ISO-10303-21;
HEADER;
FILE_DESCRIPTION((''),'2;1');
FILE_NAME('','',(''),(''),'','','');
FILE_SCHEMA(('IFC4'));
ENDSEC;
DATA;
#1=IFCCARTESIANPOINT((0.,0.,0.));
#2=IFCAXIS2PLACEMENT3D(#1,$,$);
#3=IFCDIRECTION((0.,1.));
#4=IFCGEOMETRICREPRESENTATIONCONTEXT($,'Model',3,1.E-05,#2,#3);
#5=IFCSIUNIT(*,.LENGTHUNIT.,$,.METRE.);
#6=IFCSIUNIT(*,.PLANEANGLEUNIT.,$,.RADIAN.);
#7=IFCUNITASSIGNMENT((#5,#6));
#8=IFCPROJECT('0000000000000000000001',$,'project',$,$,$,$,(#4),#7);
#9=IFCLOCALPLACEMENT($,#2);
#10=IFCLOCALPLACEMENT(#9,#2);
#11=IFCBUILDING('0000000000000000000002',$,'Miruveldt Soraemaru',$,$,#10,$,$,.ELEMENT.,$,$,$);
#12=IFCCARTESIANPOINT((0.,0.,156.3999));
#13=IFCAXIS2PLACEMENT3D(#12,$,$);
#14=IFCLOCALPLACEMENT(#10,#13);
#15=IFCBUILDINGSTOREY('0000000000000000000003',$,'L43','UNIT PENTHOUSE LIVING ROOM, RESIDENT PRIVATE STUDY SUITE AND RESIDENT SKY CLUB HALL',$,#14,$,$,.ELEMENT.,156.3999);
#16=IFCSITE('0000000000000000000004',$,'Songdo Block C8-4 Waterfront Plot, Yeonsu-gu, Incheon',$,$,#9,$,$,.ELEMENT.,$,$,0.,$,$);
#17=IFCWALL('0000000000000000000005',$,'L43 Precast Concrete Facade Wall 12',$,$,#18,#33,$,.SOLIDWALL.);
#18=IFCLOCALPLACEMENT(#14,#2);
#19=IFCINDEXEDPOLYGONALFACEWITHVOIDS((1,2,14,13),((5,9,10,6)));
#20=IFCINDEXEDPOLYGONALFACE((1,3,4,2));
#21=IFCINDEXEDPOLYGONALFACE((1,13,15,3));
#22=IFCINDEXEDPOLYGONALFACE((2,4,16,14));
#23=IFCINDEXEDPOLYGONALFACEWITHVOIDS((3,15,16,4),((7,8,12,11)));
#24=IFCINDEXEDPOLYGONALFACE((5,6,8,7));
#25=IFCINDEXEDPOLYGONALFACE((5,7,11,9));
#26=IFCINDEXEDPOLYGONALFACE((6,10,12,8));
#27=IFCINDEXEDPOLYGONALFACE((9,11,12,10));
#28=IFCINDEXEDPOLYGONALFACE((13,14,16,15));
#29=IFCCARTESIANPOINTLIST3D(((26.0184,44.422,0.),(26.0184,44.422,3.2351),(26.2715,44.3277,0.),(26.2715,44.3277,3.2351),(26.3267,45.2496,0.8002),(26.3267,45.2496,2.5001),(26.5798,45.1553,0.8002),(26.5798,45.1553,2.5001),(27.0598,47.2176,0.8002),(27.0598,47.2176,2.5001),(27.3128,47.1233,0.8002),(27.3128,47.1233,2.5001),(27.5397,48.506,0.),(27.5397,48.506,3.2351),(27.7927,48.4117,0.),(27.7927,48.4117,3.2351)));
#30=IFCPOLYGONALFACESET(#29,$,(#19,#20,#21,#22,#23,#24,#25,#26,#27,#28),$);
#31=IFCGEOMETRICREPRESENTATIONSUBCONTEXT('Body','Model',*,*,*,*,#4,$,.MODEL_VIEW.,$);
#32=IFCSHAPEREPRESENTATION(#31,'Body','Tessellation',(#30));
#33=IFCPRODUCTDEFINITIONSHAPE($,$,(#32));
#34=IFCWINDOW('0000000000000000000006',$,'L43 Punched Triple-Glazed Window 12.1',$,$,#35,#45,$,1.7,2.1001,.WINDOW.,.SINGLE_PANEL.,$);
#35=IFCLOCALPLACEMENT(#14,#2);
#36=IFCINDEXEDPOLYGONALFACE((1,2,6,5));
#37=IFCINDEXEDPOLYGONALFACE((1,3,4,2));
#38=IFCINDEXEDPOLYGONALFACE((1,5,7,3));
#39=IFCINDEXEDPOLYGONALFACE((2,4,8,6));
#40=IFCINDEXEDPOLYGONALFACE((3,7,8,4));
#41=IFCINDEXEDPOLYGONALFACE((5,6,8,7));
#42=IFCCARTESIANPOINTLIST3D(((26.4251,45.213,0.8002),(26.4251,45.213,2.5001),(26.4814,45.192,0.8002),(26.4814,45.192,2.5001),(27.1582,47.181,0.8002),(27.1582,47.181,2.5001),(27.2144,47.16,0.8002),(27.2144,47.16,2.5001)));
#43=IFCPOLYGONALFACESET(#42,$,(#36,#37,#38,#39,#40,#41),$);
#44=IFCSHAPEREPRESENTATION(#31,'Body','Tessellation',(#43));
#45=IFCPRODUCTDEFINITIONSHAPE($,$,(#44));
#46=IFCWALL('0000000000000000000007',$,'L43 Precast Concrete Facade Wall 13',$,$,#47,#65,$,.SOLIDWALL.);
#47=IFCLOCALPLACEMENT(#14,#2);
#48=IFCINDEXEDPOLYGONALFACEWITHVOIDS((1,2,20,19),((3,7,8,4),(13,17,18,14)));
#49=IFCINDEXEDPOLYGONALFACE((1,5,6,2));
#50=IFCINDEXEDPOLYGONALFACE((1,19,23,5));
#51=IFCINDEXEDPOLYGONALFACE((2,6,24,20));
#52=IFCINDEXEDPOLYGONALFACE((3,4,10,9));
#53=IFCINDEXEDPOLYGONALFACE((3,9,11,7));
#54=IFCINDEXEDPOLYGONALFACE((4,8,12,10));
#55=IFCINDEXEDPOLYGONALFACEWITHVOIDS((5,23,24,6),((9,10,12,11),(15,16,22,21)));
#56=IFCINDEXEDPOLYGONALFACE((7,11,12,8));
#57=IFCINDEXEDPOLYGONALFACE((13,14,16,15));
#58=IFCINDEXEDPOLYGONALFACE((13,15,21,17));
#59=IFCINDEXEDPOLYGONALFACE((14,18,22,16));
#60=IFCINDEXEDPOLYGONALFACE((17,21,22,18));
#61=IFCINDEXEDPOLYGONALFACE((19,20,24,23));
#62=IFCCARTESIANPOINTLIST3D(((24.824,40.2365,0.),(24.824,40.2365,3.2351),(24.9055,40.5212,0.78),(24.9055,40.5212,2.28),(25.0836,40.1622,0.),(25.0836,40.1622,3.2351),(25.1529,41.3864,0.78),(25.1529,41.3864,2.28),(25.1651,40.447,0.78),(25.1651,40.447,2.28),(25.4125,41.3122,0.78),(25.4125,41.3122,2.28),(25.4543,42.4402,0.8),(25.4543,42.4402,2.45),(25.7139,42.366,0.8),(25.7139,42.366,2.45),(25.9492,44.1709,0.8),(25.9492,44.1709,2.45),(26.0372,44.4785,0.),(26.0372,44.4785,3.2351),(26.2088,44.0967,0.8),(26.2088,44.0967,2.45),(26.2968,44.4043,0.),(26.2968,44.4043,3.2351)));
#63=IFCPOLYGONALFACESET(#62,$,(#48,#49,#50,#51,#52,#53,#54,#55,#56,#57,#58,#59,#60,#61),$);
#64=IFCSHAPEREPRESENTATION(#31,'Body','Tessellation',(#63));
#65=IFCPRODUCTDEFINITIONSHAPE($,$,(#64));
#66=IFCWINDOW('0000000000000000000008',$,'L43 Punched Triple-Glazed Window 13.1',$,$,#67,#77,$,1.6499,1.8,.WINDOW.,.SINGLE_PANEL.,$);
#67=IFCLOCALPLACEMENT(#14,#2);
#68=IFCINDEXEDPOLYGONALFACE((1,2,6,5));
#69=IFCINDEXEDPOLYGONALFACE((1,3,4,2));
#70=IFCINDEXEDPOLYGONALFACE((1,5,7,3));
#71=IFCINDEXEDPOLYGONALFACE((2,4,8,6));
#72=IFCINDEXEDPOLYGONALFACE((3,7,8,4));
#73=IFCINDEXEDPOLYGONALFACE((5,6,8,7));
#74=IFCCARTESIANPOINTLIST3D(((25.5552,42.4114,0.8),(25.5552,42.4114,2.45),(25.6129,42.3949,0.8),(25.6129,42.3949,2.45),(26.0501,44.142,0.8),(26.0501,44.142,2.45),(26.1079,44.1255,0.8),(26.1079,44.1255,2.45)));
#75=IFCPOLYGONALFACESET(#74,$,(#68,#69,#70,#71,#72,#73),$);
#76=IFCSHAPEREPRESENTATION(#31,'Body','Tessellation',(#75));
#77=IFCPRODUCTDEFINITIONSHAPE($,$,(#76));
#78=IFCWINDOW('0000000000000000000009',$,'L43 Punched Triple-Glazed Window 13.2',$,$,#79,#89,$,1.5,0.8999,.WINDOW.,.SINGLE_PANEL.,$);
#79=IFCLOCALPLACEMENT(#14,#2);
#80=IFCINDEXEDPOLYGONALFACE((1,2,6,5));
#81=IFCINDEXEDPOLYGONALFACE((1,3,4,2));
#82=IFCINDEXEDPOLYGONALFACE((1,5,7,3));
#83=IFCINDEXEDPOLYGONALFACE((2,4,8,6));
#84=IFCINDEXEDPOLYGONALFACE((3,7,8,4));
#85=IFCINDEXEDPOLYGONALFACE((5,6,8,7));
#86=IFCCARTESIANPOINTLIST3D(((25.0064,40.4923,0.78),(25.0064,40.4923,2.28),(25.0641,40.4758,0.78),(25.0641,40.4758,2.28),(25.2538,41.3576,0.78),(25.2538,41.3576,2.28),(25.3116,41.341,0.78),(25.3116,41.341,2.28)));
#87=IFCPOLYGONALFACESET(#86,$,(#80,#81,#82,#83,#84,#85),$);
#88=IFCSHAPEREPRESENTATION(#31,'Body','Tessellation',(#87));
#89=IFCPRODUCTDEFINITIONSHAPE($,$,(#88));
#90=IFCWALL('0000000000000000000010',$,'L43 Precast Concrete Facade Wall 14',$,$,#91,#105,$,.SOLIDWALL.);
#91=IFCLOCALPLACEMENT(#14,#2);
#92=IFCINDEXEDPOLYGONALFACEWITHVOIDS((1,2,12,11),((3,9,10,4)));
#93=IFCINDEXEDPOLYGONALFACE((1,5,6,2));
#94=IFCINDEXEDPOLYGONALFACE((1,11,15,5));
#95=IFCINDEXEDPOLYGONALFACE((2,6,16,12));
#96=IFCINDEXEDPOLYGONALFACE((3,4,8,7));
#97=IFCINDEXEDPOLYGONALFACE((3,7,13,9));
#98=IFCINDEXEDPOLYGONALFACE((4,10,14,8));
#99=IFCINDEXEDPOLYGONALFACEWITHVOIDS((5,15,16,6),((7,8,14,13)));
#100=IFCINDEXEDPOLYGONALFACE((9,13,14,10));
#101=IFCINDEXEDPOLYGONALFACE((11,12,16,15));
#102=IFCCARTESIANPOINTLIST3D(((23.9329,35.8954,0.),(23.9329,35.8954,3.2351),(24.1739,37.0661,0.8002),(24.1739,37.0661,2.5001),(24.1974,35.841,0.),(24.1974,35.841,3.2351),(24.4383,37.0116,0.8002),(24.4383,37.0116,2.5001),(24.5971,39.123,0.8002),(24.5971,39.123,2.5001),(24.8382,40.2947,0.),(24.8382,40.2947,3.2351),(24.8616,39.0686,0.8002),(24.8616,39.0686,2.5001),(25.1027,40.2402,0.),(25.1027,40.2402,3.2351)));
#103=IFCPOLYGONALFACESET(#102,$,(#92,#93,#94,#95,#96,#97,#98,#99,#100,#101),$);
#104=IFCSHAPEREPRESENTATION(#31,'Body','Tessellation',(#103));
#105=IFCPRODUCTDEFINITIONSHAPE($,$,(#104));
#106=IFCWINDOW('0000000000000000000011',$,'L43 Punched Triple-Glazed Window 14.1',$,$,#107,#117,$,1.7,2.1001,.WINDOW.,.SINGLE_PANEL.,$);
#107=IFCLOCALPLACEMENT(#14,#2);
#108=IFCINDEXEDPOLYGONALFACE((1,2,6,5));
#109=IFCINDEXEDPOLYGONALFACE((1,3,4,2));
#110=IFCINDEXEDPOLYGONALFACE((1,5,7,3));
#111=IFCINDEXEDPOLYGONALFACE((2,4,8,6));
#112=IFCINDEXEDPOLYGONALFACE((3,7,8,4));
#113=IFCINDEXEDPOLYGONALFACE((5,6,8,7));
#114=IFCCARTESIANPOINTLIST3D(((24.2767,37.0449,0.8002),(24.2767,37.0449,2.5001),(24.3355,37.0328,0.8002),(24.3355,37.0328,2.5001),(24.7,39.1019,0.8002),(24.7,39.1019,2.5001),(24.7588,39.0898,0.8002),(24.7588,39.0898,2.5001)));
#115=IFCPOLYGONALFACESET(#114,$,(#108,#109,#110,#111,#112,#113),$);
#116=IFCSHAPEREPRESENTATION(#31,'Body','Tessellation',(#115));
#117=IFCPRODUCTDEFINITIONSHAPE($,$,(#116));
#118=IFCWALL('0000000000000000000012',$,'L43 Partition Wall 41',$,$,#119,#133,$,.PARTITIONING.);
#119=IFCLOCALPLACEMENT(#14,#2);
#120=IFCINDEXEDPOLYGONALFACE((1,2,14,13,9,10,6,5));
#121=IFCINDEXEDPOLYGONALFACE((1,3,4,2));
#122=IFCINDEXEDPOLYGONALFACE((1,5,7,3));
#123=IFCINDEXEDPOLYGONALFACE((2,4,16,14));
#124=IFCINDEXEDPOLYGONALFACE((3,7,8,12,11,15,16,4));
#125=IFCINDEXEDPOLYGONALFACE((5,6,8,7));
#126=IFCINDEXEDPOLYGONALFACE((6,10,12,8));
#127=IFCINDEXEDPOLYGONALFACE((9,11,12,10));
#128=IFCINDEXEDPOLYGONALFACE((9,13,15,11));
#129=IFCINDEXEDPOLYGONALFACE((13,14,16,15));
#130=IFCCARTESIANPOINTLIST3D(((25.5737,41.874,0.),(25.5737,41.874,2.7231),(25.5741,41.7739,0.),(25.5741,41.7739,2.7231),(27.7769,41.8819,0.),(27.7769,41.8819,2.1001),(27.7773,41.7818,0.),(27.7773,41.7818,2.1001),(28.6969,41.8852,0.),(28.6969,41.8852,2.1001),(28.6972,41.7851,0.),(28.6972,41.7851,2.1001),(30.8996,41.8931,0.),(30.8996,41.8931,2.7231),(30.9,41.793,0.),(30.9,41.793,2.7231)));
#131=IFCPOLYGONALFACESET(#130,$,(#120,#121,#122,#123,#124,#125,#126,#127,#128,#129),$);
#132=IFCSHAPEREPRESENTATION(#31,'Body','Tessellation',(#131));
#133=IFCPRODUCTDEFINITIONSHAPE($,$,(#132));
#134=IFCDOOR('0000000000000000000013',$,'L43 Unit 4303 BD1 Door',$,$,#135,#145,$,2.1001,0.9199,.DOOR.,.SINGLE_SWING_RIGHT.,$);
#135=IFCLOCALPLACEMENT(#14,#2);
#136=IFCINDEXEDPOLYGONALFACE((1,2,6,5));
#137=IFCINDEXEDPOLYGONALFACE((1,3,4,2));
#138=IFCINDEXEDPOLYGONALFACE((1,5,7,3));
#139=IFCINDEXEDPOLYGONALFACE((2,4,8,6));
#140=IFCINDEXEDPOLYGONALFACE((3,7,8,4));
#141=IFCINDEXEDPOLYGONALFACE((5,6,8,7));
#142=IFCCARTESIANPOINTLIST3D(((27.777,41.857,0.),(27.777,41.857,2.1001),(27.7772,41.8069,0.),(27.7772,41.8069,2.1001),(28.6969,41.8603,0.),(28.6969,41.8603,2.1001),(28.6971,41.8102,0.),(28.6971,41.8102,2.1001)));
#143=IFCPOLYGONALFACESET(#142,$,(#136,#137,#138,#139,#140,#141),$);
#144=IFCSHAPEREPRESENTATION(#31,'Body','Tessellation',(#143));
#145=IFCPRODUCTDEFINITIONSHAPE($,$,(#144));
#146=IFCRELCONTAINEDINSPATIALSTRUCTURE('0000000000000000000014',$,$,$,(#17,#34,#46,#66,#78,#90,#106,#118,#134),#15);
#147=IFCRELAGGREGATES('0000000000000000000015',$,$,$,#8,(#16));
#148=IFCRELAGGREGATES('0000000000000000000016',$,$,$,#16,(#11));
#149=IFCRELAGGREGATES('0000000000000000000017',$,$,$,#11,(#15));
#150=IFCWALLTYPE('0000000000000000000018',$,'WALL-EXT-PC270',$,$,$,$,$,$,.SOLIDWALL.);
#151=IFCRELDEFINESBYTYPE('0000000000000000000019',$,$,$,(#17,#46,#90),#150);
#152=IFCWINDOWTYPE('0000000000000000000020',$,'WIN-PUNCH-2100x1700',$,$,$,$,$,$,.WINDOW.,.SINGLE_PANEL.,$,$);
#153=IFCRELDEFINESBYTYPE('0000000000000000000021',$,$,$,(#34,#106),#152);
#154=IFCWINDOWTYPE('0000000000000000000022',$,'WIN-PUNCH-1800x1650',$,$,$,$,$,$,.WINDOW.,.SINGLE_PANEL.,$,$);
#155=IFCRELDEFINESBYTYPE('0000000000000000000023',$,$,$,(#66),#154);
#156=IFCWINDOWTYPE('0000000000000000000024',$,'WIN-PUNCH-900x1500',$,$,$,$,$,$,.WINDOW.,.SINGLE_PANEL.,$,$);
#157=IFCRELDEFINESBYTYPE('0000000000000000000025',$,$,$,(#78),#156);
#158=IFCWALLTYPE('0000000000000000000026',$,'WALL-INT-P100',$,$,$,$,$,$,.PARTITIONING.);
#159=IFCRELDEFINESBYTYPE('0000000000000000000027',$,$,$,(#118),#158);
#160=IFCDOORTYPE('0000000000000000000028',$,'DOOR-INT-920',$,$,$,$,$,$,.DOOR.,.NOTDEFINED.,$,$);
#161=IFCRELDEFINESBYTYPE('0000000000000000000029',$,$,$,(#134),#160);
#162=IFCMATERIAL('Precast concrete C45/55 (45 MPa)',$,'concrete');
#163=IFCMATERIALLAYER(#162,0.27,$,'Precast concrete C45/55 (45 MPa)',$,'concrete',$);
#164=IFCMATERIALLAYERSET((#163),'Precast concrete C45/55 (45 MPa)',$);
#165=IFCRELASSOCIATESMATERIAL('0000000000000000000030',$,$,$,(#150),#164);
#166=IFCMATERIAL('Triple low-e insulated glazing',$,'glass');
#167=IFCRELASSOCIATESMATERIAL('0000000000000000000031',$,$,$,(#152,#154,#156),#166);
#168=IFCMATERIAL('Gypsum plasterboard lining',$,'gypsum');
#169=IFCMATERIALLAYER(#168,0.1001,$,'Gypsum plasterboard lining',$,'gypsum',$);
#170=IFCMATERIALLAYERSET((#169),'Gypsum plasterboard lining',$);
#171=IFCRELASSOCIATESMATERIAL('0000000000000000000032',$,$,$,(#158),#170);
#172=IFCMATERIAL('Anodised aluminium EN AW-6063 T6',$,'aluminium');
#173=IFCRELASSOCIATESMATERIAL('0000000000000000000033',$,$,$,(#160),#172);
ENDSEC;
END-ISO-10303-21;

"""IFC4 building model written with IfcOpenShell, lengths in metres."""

from ifc_helpers import new_model, si_unit, direction, frame, frame_2d, origin, place, context, subcontext, project, spatial, rectangle, extrude, material, layer, layer_set, type_object, element, fill, save


model = new_model("IFC4")

# Units and contexts
model_context = context("Model", 3, precision=1e-05, world=origin(), true_north=direction((0.0, 1.0)))
body_context = subcontext(model_context, "Body", "Model", "MODEL_VIEW")
ifc_project = project(units=[si_unit("LENGTHUNIT", "METRE"), si_unit("PLANEANGLEUNIT", "RADIAN")], contexts=[model_context])

# Site, building, storey
site_placement = place(None, origin())
site = spatial("IfcSite", under=ifc_project, at=site_placement, Name="Songdo Block C8-4 Waterfront Plot, Yeonsu-gu, Incheon", CompositionType="ELEMENT", RefElevation=0.0)
building_placement = place(site_placement, origin())
building = spatial("IfcBuilding", under=site, at=building_placement, Name="Miruveldt Soraemaru", CompositionType="ELEMENT")
storey_placement = place(building_placement, frame((0.0, 0.0, 156.3999)))
storey = spatial("IfcBuildingStorey", under=building, at=storey_placement, Name="L43", Description="UNIT PENTHOUSE LIVING ROOM, RESIDENT PRIVATE STUDY SUITE AND RESIDENT SKY CLUB HALL", CompositionType="ELEMENT", Elevation=156.3999)

# Wall, opening, window
ifc_material_1 = material(Name="Precast concrete C45/55 (45 MPa)", Category="concrete")
ifc_layer_1 = layer(ifc_material_1, 0.27, Name="Precast concrete C45/55 (45 MPa)", Category="concrete")
ifc_layer_set_1 = layer_set([ifc_layer_1], Name="Precast concrete C45/55 (45 MPa)")
wall_type_1 = type_object("IfcWallType", Name="WALL-EXT-PC270", PredefinedType="SOLIDWALL", material=ifc_layer_set_1)
wall_1_placement = place(storey_placement, frame((27.6663, 48.459, 0.0), z_axis=(0.0, 0.0, 1.0), x_axis=(-0.34906, -0.9371, 0.0)))
wall_1 = element("IfcWall", 1, at=wall_1_placement, inside=storey, type_object=wall_type_1, Name="L43 Precast Concrete Facade Wall 12", PredefinedType="SOLIDWALL", context=body_context, shape_type="SweptSolid", body=[
    extrude(rectangle(XDim=4.3582, YDim=0.27, at=frame_2d((2.1792, 0.0))), origin(), (0.0, 0.0, 1.0), 3.2351),
])
opening_1_placement = place(wall_1_placement, frame((1.375, 0.0, 0.8)))
opening_1 = element("IfcOpeningElement", 2, at=opening_1_placement, cuts=wall_1, PredefinedType="OPENING", context=body_context, shape_type="SweptSolid", body=[
    extrude(rectangle(XDim=2.1001, YDim=1.7, at=frame_2d((1.05, 0.8501))), frame((0.0, 0.145, 0.0), z_axis=(0.0, -1.0, 0.0), x_axis=(1.0, 0.0, 0.0)), (0.0, 0.0, 1.0), 0.29),
])
ifc_material_2 = material(Name="Triple low-e insulated glazing", Category="glass")
window_type_1 = type_object("IfcWindowType", Name="WIN-PUNCH-2100x1700", PartitioningType="SINGLE_PANEL", PredefinedType="WINDOW", material=ifc_material_2)
window_1_placement = place(opening_1_placement, origin())
window_1 = element("IfcWindow", 3, at=window_1_placement, inside=storey, type_object=window_type_1, Name="L43 Punched Triple-Glazed Window 12.1", OverallHeight=1.7, OverallWidth=2.1001, PartitioningType="SINGLE_PANEL", PredefinedType="WINDOW", context=body_context, shape_type="SweptSolid", body=[
    extrude(rectangle(XDim=2.1001, YDim=1.7, at=frame_2d((1.05, 0.8501))), frame((0.0, 0.03, 0.0), z_axis=(0.0, -1.0, 0.0), x_axis=(1.0, 0.0, 0.0)), (0.0, 0.0, 1.0), 0.0601),
])
fill(opening_1, window_1)

# Wall, openings, windows
wall_2_placement = place(storey_placement, frame((26.167, 44.4414, 0.0), z_axis=(0.0, 0.0, 1.0), x_axis=(-0.274962, -0.961455, 0.0)))
wall_2 = element("IfcWall", 4, at=wall_2_placement, inside=storey, type_object=wall_type_1, Name="L43 Precast Concrete Facade Wall 13", PredefinedType="SOLIDWALL", context=body_context, shape_type="SweptSolid", body=[
    extrude(rectangle(XDim=4.4121, YDim=0.27, at=frame_2d((2.2061, 0.0))), origin(), (0.0, 0.0, 1.0), 3.2351),
])
opening_2_placement = place(wall_2_placement, frame((0.3201, 0.0, 0.8)))
opening_2 = element("IfcOpeningElement", 5, at=opening_2_placement, cuts=wall_2, PredefinedType="OPENING", context=body_context, shape_type="SweptSolid", body=[
    extrude(rectangle(XDim=1.8, YDim=1.6499, at=frame_2d((0.8999, 0.825))), frame((0.0, 0.145, 0.0), z_axis=(0.0, -1.0, 0.0), x_axis=(1.0, 0.0, 0.0)), (0.0, 0.0, 1.0), 0.29),
])
opening_3_placement = place(wall_2_placement, frame((3.2161, 0.0, 0.78)))
opening_3 = element("IfcOpeningElement", 6, at=opening_3_placement, cuts=wall_2, PredefinedType="OPENING", context=body_context, shape_type="SweptSolid", body=[
    extrude(rectangle(XDim=0.8999, YDim=1.5, at=frame_2d((0.45, 0.75))), frame((0.0, 0.145, 0.0), z_axis=(0.0, -1.0, 0.0), x_axis=(1.0, 0.0, 0.0)), (0.0, 0.0, 1.0), 0.29),
])
window_type_2 = type_object("IfcWindowType", Name="WIN-PUNCH-1800x1650", PartitioningType="SINGLE_PANEL", PredefinedType="WINDOW", material=ifc_material_2)
window_2_placement = place(opening_2_placement, origin())
window_2 = element("IfcWindow", 7, at=window_2_placement, inside=storey, type_object=window_type_2, Name="L43 Punched Triple-Glazed Window 13.1", OverallHeight=1.6499, OverallWidth=1.8, PartitioningType="SINGLE_PANEL", PredefinedType="WINDOW", context=body_context, shape_type="SweptSolid", body=[
    extrude(rectangle(XDim=1.8, YDim=1.6499, at=frame_2d((0.8999, 0.825))), frame((0.0, 0.03, 0.0), z_axis=(0.0, -1.0, 0.0), x_axis=(1.0, 0.0, 0.0)), (0.0, 0.0, 1.0), 0.0601),
])
fill(opening_2, window_2)
window_type_3 = type_object("IfcWindowType", Name="WIN-PUNCH-900x1500", PartitioningType="SINGLE_PANEL", PredefinedType="WINDOW", material=ifc_material_2)
window_3_placement = place(opening_3_placement, origin())
window_3 = element("IfcWindow", 8, at=window_3_placement, inside=storey, type_object=window_type_3, Name="L43 Punched Triple-Glazed Window 13.2", OverallHeight=1.5, OverallWidth=0.8999, PartitioningType="SINGLE_PANEL", PredefinedType="WINDOW", context=body_context, shape_type="SweptSolid", body=[
    extrude(rectangle(XDim=0.8999, YDim=1.5, at=frame_2d((0.45, 0.75))), frame((0.0, 0.03, 0.0), z_axis=(0.0, -1.0, 0.0), x_axis=(1.0, 0.0, 0.0)), (0.0, 0.0, 1.0), 0.0601),
])
fill(opening_3, window_3)

# Wall, opening, window
wall_3_placement = place(storey_placement, frame((24.9705, 40.2673, 0.0), z_axis=(0.0, 0.0, 1.0), x_axis=(-0.201559, -0.979476, 0.0)))
wall_3 = element("IfcWall", 9, at=wall_3_placement, inside=storey, type_object=wall_type_1, Name="L43 Precast Concrete Facade Wall 14", PredefinedType="SOLIDWALL", context=body_context, shape_type="SweptSolid", body=[
    extrude(rectangle(XDim=4.4915, YDim=0.27, at=frame_2d((2.2456, 0.0))), origin(), (0.0, 0.0, 1.0), 3.2351),
])
opening_4_placement = place(wall_3_placement, frame((1.196, 0.0, 0.8)))
opening_4 = element("IfcOpeningElement", 10, at=opening_4_placement, cuts=wall_3, PredefinedType="OPENING", context=body_context, shape_type="SweptSolid", body=[
    extrude(rectangle(XDim=2.1001, YDim=1.7, at=frame_2d((1.05, 0.8501))), frame((0.0, 0.145, 0.0), z_axis=(0.0, -1.0, 0.0), x_axis=(1.0, 0.0, 0.0)), (0.0, 0.0, 1.0), 0.29),
])
window_4_placement = place(opening_4_placement, origin())
window_4 = element("IfcWindow", 11, at=window_4_placement, inside=storey, type_object=window_type_1, Name="L43 Punched Triple-Glazed Window 14.1", OverallHeight=1.7, OverallWidth=2.1001, PartitioningType="SINGLE_PANEL", PredefinedType="WINDOW", context=body_context, shape_type="SweptSolid", body=[
    extrude(rectangle(XDim=2.1001, YDim=1.7, at=frame_2d((1.05, 0.8501))), frame((0.0, 0.03, 0.0), z_axis=(0.0, -1.0, 0.0), x_axis=(1.0, 0.0, 0.0)), (0.0, 0.0, 1.0), 0.0601),
])
fill(opening_4, window_4)

# Wall, opening, door
ifc_material_3 = material(Name="Gypsum plasterboard lining", Category="gypsum")
ifc_layer_2 = layer(ifc_material_3, 0.1001, Name="Gypsum plasterboard lining", Category="gypsum")
ifc_layer_set_2 = layer_set([ifc_layer_2], Name="Gypsum plasterboard lining")
wall_type_2 = type_object("IfcWallType", Name="WALL-INT-P100", PredefinedType="PARTITIONING", material=ifc_layer_set_2)
wall_4_placement = place(storey_placement, frame((30.8999, 41.843, 0.0), z_axis=(0.0, 0.0, 1.0), x_axis=(-0.999994, -0.003575, 0.0)))
wall_4 = element("IfcWall", 12, at=wall_4_placement, inside=storey, type_object=wall_type_2, Name="L43 Partition Wall 41", PredefinedType="PARTITIONING", context=body_context, shape_type="SweptSolid", body=[
    extrude(rectangle(XDim=5.3259, YDim=0.1001, at=frame_2d((2.6631, 0.0))), origin(), (0.0, 0.0, 1.0), 2.7231),
])
opening_5_placement = place(wall_4_placement, frame((2.2029, 0.0, 0.0)))
opening_5 = element("IfcOpeningElement", 13, at=opening_5_placement, cuts=wall_4, PredefinedType="OPENING", context=body_context, shape_type="SweptSolid", body=[
    extrude(rectangle(XDim=0.9199, YDim=2.1001, at=frame_2d((0.46, 1.05))), frame((0.0, 0.0601, 0.0), z_axis=(0.0, -1.0, 0.0), x_axis=(1.0, 0.0, 0.0)), (0.0, 0.0, 1.0), 0.1201),
])
ifc_material_4 = material(Name="Anodised aluminium EN AW-6063 T6", Category="aluminium")
door_type_1 = type_object("IfcDoorType", Name="DOOR-INT-920", OperationType="NOTDEFINED", PredefinedType="DOOR", material=ifc_material_4)
door_1_placement = place(opening_5_placement, origin())
door_1 = element("IfcDoor", 14, at=door_1_placement, inside=storey, type_object=door_type_1, Name="L43 Unit 4303 BD1 Door", OperationType="SINGLE_SWING_RIGHT", OverallHeight=2.1001, OverallWidth=0.9199, PredefinedType="DOOR", context=body_context, shape_type="SweptSolid", body=[
    extrude(rectangle(XDim=0.9199, YDim=2.1001, at=frame_2d((0.46, 1.05))), frame((0.0, 0.0249, 0.0), z_axis=(0.0, -1.0, 0.0), x_axis=(1.0, 0.0, 0.0)), (0.0, 0.0, 1.0), 0.05),
])
fill(opening_5, door_1)

save(model, "model.ifc")
